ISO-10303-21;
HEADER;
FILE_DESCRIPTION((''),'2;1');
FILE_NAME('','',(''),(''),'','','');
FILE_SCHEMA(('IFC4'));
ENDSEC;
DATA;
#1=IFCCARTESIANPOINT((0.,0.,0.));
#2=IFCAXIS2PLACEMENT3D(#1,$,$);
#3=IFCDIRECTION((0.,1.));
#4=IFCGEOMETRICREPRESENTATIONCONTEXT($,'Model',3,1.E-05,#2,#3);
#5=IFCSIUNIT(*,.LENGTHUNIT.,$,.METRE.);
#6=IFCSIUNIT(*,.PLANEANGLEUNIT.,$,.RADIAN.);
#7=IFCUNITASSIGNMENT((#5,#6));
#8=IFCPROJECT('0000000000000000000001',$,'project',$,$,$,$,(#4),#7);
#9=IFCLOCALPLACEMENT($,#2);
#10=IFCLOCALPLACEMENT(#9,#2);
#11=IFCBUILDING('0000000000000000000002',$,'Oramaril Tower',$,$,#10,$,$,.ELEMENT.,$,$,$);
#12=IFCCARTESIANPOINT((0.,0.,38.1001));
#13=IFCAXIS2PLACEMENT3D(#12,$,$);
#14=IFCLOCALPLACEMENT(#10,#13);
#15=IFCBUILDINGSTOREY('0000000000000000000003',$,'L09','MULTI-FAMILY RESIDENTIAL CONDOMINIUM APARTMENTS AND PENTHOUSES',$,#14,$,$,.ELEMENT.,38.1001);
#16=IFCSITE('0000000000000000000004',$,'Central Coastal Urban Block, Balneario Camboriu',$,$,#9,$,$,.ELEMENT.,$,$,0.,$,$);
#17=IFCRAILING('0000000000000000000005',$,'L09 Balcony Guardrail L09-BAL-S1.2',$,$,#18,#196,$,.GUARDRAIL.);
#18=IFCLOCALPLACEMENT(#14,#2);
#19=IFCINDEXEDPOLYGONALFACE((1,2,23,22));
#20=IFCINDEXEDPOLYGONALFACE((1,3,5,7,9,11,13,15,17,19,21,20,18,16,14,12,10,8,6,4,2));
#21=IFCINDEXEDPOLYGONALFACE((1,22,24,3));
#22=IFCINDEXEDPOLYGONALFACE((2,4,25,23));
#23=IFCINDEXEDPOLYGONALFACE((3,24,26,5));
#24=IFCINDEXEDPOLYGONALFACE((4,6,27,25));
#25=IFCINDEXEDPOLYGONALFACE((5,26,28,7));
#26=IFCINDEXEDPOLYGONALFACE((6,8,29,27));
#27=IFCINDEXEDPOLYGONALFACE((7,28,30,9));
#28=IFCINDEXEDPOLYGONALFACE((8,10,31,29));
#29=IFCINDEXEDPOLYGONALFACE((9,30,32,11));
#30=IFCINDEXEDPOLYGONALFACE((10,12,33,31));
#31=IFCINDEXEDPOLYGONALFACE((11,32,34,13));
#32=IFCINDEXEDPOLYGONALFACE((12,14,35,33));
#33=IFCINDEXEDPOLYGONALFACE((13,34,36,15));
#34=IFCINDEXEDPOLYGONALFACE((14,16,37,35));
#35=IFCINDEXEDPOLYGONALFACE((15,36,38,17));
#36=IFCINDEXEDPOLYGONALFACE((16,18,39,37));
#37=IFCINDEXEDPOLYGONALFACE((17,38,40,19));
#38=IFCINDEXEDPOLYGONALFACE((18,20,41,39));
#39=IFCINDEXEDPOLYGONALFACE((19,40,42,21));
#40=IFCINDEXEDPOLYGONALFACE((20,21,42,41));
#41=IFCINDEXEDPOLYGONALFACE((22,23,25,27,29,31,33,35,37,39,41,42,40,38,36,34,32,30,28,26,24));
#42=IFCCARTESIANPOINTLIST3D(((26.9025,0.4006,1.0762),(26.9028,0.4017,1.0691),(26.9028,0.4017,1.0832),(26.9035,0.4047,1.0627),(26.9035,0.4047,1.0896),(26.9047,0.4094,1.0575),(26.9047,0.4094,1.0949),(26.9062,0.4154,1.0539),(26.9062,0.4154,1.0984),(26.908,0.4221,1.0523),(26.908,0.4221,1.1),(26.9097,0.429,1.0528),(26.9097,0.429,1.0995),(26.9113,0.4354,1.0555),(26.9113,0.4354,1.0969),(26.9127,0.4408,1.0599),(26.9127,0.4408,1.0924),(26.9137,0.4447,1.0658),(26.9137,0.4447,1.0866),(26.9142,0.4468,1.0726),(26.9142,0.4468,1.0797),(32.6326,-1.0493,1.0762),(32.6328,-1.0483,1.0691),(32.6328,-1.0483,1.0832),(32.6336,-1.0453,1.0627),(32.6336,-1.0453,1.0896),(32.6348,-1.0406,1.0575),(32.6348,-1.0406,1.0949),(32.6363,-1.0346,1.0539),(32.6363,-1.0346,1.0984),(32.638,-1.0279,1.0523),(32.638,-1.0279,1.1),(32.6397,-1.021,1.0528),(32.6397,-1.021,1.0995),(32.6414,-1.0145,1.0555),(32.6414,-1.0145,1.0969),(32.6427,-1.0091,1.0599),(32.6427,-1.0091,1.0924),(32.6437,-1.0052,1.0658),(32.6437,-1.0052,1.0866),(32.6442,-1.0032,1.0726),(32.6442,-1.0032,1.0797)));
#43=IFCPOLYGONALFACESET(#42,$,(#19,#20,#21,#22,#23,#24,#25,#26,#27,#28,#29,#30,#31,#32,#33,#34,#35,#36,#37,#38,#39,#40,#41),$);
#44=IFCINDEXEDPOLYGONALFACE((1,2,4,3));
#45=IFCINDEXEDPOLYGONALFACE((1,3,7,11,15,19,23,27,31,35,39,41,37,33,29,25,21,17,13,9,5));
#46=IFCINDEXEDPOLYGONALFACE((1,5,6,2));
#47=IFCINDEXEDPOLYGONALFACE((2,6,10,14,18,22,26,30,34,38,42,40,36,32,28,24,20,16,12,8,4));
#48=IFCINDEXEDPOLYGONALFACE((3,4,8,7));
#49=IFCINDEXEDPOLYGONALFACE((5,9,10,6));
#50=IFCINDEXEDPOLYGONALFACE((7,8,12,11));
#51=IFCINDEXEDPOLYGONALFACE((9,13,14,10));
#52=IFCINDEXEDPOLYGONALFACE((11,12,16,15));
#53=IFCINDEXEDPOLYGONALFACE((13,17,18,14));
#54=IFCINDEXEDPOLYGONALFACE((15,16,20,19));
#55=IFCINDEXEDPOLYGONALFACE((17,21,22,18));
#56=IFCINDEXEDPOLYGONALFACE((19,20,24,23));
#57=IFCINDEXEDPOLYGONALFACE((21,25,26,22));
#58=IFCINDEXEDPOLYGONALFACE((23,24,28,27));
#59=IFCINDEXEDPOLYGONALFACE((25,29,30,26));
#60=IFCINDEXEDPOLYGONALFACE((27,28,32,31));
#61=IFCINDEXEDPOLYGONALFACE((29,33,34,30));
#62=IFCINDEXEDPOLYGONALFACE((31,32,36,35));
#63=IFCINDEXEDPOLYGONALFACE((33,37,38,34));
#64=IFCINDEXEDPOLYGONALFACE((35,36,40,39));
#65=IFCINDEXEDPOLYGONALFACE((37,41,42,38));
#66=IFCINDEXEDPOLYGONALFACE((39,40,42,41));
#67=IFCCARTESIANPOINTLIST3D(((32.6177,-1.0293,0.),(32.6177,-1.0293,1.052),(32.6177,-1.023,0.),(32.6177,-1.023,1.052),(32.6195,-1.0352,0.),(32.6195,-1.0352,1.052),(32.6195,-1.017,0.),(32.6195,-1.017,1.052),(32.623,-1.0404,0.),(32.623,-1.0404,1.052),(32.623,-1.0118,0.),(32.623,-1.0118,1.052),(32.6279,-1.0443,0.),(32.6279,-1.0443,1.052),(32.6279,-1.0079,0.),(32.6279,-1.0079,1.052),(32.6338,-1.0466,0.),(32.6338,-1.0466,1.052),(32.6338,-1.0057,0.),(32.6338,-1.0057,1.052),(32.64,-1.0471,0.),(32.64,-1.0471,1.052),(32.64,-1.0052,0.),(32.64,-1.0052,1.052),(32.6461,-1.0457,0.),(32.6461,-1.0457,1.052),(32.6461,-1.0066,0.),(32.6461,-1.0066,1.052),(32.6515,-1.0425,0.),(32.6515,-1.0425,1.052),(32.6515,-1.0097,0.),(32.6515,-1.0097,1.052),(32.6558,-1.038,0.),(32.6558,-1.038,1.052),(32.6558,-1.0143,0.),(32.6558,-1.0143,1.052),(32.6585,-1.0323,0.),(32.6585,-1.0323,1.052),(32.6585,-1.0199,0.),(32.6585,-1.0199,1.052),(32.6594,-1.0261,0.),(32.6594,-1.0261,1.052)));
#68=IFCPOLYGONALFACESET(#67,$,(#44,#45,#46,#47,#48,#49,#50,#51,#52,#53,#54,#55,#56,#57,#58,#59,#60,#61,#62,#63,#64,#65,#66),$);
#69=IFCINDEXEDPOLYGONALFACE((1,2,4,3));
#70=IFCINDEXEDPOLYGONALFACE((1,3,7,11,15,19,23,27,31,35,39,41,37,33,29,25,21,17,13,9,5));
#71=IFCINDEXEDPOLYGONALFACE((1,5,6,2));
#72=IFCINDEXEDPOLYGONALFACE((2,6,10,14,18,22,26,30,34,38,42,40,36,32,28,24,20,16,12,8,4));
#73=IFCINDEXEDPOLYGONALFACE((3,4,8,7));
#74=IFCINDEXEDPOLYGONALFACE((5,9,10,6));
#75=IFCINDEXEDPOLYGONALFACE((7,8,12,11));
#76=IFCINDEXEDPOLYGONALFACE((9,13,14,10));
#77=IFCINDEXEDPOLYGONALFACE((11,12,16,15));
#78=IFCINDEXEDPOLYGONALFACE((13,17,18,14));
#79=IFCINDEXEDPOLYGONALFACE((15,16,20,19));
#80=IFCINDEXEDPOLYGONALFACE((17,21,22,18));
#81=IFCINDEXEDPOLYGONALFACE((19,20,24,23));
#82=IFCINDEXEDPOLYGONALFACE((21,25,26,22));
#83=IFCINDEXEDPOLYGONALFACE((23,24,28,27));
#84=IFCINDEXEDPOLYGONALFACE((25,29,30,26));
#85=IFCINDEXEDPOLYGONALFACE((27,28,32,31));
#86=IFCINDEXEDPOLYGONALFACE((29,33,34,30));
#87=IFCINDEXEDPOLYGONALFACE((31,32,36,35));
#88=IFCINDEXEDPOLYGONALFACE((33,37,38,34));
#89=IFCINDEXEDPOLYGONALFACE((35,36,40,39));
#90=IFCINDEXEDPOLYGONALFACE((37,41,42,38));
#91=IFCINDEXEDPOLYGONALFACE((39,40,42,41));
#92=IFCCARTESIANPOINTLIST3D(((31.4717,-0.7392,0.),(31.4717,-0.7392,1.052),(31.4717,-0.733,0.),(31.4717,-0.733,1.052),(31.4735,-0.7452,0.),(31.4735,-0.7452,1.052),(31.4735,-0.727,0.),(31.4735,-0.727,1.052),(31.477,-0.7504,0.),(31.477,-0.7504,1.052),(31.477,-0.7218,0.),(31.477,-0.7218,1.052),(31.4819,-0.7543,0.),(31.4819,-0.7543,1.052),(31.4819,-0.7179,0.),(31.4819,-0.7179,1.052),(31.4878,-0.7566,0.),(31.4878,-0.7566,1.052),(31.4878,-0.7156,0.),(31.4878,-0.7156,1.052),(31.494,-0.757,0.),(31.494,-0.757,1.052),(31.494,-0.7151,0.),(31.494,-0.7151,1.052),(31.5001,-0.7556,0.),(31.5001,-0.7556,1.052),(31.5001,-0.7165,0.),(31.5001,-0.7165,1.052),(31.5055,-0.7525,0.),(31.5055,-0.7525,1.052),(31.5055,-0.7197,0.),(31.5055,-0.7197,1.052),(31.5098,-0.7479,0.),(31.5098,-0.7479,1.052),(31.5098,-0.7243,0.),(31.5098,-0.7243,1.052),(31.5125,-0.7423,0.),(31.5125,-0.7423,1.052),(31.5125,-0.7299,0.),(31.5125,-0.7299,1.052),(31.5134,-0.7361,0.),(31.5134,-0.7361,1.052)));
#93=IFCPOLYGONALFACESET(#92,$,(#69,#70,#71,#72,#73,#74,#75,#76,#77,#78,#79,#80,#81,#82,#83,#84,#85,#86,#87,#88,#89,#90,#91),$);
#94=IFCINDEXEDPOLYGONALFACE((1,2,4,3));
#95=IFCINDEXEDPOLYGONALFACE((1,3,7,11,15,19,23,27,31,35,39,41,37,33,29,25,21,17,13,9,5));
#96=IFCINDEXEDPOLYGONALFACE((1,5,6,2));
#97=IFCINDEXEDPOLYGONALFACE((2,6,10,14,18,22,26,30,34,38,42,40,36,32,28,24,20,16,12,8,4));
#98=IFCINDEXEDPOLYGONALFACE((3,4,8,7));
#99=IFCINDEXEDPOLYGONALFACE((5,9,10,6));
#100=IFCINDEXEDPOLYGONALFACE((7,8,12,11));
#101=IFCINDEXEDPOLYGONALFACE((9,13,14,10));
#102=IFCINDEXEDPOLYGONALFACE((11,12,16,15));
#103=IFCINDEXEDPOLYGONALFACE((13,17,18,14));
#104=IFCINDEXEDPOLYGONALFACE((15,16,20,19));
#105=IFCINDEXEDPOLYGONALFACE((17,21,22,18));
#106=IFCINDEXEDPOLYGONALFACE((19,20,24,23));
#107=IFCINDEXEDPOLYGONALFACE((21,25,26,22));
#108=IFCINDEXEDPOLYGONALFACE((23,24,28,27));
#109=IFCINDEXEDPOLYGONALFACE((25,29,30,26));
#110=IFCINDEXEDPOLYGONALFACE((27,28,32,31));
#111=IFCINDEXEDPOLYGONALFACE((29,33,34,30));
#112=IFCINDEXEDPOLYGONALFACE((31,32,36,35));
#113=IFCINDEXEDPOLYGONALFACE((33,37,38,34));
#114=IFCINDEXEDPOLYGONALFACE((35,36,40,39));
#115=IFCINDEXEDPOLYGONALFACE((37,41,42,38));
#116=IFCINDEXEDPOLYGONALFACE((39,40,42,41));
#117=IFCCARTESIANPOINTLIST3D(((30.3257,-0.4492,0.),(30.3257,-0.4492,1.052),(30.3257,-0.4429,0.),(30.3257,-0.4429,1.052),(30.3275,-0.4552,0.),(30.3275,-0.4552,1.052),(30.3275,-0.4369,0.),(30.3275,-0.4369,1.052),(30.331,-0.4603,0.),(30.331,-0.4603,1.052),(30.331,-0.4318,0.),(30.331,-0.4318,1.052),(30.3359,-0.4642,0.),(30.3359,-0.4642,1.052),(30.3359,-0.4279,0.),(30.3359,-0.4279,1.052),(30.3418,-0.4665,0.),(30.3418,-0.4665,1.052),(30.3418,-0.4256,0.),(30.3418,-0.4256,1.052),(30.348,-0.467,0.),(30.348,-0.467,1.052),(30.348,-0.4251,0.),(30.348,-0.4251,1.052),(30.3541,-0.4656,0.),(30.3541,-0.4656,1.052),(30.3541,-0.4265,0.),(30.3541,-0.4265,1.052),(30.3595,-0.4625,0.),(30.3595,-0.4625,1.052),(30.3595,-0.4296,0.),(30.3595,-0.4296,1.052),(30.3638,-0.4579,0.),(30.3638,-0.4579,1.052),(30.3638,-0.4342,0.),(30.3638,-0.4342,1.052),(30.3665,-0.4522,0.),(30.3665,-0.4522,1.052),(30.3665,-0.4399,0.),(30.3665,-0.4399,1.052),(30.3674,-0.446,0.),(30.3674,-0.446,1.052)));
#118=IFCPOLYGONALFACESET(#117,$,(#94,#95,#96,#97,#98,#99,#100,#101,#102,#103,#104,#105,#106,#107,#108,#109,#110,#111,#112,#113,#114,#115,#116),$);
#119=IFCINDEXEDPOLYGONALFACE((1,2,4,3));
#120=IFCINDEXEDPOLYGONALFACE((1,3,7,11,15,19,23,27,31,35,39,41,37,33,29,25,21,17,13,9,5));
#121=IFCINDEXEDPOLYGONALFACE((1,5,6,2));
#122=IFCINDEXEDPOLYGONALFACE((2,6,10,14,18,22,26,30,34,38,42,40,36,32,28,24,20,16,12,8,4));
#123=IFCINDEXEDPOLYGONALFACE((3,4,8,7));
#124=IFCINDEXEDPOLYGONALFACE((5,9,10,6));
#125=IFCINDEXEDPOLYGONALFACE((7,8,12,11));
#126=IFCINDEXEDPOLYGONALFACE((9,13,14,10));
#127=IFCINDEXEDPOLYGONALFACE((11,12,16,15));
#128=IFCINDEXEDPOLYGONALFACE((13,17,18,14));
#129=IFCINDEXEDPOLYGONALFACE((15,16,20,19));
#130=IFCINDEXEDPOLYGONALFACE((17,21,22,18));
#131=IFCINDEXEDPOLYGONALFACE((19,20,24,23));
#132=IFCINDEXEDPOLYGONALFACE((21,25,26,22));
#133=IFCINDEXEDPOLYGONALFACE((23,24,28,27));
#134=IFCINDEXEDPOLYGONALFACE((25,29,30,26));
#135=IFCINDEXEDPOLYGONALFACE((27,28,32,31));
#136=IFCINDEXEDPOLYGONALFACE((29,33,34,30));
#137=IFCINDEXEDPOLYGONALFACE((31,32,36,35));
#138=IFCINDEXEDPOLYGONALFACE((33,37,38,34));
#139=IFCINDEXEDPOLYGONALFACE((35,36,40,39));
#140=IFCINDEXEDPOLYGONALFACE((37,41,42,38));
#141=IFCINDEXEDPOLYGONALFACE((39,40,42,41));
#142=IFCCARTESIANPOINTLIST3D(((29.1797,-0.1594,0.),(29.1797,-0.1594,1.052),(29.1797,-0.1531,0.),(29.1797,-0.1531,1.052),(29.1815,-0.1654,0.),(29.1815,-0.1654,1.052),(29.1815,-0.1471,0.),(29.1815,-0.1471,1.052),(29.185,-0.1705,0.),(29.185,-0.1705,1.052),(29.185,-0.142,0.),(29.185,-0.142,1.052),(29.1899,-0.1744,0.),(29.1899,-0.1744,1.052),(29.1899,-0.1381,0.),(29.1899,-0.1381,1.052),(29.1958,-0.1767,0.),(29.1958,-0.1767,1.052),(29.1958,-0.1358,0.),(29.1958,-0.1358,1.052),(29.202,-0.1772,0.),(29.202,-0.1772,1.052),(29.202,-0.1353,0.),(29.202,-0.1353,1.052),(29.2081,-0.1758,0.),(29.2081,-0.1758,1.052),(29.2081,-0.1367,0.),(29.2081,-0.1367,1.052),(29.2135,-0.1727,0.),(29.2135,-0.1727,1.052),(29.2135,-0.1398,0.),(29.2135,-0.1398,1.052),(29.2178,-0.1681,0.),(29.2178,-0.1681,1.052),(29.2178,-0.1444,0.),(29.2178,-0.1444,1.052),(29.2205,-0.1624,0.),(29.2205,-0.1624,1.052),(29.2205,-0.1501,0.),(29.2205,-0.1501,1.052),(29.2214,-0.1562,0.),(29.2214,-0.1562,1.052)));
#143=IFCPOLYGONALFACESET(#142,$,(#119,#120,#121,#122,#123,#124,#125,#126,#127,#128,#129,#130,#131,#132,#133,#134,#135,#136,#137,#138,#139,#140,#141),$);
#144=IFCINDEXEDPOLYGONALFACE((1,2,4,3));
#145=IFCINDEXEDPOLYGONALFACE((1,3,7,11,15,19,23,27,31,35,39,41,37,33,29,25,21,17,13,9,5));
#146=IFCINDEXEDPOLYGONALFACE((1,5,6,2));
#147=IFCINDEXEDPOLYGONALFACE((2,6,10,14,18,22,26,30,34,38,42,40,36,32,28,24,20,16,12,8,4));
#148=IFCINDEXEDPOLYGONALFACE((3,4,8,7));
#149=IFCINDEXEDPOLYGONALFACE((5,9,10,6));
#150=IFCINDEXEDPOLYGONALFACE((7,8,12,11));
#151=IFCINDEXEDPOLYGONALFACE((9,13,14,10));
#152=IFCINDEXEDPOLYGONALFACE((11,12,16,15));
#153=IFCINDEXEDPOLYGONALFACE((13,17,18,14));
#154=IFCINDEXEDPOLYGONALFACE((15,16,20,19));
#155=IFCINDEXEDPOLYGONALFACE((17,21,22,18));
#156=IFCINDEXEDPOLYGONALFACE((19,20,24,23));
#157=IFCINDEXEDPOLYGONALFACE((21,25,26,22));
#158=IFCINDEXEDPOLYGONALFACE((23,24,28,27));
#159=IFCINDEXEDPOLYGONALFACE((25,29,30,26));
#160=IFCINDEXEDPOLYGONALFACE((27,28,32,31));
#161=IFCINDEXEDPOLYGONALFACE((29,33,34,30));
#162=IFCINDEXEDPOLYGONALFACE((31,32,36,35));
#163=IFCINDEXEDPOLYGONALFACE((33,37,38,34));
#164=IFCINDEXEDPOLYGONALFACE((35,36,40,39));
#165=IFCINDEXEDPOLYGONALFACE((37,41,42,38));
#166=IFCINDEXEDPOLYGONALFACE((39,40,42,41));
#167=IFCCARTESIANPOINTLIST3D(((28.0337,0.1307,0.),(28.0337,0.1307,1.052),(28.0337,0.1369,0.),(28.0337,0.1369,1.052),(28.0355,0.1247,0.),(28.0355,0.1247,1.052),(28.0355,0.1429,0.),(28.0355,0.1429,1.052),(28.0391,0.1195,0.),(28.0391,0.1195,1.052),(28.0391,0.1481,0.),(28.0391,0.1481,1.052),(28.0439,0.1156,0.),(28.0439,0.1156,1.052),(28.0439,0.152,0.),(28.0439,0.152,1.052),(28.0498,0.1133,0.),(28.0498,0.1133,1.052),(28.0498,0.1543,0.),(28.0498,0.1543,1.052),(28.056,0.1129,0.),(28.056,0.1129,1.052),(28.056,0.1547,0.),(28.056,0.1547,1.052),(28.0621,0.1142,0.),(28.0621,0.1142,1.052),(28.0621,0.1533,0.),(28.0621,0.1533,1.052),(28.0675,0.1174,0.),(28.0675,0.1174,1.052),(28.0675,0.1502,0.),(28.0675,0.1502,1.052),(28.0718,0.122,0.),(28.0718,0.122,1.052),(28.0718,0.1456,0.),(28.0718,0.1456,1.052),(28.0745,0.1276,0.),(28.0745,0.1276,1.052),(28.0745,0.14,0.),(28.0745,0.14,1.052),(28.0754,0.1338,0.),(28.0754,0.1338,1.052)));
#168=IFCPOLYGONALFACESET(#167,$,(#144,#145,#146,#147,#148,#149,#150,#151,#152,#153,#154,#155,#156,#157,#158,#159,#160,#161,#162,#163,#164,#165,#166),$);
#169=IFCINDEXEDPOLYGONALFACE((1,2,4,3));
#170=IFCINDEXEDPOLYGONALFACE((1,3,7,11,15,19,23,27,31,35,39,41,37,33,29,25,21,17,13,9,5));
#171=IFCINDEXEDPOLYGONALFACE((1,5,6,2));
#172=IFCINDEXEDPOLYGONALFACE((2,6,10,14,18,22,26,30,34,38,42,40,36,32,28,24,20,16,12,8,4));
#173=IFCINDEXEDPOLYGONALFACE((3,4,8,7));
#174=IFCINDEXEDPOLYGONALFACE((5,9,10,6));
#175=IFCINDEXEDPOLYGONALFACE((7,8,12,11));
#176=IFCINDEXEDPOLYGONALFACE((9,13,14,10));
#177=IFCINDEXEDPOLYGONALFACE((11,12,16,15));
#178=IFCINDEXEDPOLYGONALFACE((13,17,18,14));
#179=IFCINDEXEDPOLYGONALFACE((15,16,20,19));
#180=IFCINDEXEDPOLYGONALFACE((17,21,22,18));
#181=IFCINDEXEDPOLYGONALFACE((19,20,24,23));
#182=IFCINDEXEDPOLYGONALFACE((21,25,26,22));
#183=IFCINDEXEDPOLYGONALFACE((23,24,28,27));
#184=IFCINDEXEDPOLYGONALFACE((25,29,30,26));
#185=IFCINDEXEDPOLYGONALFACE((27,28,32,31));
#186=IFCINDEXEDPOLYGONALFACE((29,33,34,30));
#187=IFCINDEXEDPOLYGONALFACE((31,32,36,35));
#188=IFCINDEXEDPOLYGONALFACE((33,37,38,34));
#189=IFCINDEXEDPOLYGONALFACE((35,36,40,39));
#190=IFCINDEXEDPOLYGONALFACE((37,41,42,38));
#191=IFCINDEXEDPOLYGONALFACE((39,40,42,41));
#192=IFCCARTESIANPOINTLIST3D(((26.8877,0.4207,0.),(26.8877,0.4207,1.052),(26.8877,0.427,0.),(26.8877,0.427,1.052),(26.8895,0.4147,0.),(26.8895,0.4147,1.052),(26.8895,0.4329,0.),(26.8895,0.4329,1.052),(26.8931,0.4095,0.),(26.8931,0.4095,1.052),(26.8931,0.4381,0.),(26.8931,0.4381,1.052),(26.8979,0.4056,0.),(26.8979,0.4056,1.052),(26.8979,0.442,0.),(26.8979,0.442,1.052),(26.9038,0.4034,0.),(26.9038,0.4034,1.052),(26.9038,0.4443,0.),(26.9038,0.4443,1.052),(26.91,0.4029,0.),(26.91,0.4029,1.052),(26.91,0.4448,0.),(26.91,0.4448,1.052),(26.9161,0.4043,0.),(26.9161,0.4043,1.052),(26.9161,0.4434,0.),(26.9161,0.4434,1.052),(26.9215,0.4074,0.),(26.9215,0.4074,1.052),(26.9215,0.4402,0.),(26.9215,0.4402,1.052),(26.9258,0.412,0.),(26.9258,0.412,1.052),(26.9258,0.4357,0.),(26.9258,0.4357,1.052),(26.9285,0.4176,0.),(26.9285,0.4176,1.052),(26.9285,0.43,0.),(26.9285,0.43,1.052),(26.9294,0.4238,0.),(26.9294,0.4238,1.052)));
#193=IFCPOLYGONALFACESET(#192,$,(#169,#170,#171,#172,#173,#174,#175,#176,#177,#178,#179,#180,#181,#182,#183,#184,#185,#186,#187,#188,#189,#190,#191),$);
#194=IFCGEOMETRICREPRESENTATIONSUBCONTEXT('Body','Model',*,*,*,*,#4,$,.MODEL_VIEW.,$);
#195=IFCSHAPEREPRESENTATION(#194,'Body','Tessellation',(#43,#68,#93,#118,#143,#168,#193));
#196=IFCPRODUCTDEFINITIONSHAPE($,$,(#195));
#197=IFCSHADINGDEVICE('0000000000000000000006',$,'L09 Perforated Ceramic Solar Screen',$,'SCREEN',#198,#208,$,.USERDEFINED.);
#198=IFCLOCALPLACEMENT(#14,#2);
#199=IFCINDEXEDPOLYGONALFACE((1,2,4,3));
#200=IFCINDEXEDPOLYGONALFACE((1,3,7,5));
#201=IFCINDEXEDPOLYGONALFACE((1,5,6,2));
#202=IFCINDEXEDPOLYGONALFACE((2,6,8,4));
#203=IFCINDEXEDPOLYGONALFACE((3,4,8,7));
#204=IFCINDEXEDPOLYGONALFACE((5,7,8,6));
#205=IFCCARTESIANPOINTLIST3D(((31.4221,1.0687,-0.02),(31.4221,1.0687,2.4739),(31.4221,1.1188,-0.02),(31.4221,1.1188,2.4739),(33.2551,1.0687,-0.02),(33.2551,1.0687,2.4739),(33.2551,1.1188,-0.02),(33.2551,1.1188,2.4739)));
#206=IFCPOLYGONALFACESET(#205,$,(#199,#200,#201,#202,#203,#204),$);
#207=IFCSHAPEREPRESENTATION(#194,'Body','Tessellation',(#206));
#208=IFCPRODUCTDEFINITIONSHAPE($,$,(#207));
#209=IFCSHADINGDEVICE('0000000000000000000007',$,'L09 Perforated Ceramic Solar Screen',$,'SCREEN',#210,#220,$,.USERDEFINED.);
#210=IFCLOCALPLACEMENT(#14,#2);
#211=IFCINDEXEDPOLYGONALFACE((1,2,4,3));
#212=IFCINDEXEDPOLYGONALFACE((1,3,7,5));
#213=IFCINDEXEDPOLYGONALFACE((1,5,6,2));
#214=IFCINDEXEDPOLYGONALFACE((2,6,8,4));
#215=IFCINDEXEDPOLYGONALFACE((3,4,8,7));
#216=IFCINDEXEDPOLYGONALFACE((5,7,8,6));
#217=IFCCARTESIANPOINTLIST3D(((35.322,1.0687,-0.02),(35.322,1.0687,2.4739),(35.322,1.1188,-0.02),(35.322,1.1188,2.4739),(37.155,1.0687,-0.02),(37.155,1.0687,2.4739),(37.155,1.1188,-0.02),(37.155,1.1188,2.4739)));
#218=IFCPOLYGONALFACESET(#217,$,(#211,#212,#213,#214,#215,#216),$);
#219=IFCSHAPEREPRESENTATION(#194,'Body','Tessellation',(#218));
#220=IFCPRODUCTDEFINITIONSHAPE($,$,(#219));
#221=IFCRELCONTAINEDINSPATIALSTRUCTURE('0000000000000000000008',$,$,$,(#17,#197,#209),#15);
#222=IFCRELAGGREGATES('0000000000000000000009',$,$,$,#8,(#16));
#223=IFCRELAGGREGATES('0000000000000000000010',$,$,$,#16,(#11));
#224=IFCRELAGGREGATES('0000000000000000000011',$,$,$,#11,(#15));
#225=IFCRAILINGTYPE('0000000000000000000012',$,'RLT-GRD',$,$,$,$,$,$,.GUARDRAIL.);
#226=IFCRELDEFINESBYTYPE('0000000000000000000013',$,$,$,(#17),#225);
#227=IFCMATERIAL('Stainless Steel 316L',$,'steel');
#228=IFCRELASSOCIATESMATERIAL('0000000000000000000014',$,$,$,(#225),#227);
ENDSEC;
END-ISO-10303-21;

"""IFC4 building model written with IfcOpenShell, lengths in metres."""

from ifc_helpers import new_model, si_unit, direction, frame, origin, origin_2d, place, context, subcontext, project, spatial, rectangle, circle, extrude, material, type_object, element, save


model = new_model("IFC4")

# Units and contexts
model_context = context("Model", 3, precision=1e-05, world=origin(), true_north=direction((0.0, 1.0)))
body_context = subcontext(model_context, "Body", "Model", "MODEL_VIEW")
ifc_project = project(units=[si_unit("LENGTHUNIT", "METRE"), si_unit("PLANEANGLEUNIT", "RADIAN")], contexts=[model_context])

# Site, building, storey
site_placement = place(None, origin())
site = spatial("IfcSite", under=ifc_project, at=site_placement, Name="Central Coastal Urban Block, Balneario Camboriu", CompositionType="ELEMENT", RefElevation=0.0)
building_placement = place(site_placement, origin())
building = spatial("IfcBuilding", under=site, at=building_placement, Name="Oramaril Tower", CompositionType="ELEMENT")
storey_placement = place(building_placement, frame((0.0, 0.0, 38.1001)))
storey = spatial("IfcBuildingStorey", under=building, at=storey_placement, Name="L09", Description="MULTI-FAMILY RESIDENTIAL CONDOMINIUM APARTMENTS AND PENTHOUSES", CompositionType="ELEMENT", Elevation=38.1001)

# Railing
ifc_material_1 = material(Name="Stainless Steel 316L", Category="steel")
railing_type = type_object("IfcRailingType", Name="RLT-GRD", PredefinedType="GUARDRAIL", material=ifc_material_1)
railing_1_placement = place(storey_placement, frame((32.6384, -1.0261, 0.0)))
element("IfcRailing", 1, at=railing_1_placement, inside=storey, type_object=railing_type, Name="L09 Balcony Guardrail L09-BAL-S1.2", PredefinedType="GUARDRAIL", context=body_context, shape_type="SweptSolid", body=[
    extrude(circle(Radius=0.0239, at=origin_2d()), frame((0.0, 0.0, 1.0762), z_axis=(-0.969444, 0.245314, 0.0), x_axis=(-0.245314, -0.969444, 0.0)), (0.0, 0.0, 1.0), 5.9106),
    extrude(circle(Radius=0.021, at=origin_2d()), origin(), (0.0, 0.0, 1.0), 1.052),
    extrude(circle(Radius=0.021, at=origin_2d()), frame((-1.146, 0.29, 0.0)), (0.0, 0.0, 1.0), 1.052),
    extrude(circle(Radius=0.021, at=origin_2d()), frame((-2.292, 0.5801, 0.0)), (0.0, 0.0, 1.0), 1.052),
    extrude(circle(Radius=0.021, at=origin_2d()), frame((-3.438, 0.8699, 0.0)), (0.0, 0.0, 1.0), 1.052),
    extrude(circle(Radius=0.021, at=origin_2d()), frame((-4.584, 1.1599, 0.0)), (0.0, 0.0, 1.0), 1.052),
    extrude(circle(Radius=0.021, at=origin_2d()), frame((-5.73, 1.45, 0.0)), (0.0, 0.0, 1.0), 1.052),
])

# Shading devices
for number, where, z_axis, x_axis, name in (
    (2, (32.3386, 1.0938, -0.02), (0.0, 0.0, 1.0), (1.0, 0.0, 0.0), "L09 Perforated Ceramic Solar Screen"),
    (3, (36.2385, 1.0938, -0.02), (0.0, 0.0, 1.0), (1.0, 0.0, 0.0), "L09 Perforated Ceramic Solar Screen"),
):
    element("IfcShadingDevice", number, at=place(storey_placement, frame(where, z_axis=z_axis, x_axis=x_axis)), inside=storey, Name=name, ObjectType="SCREEN", PredefinedType="USERDEFINED", context=body_context, shape_type="SweptSolid", body=[
        extrude(rectangle(XDim=1.833, YDim=0.05, at=origin_2d()), origin(), (0.0, 0.0, 1.0), 2.4939),
    ])

save(model, "model.ifc")
